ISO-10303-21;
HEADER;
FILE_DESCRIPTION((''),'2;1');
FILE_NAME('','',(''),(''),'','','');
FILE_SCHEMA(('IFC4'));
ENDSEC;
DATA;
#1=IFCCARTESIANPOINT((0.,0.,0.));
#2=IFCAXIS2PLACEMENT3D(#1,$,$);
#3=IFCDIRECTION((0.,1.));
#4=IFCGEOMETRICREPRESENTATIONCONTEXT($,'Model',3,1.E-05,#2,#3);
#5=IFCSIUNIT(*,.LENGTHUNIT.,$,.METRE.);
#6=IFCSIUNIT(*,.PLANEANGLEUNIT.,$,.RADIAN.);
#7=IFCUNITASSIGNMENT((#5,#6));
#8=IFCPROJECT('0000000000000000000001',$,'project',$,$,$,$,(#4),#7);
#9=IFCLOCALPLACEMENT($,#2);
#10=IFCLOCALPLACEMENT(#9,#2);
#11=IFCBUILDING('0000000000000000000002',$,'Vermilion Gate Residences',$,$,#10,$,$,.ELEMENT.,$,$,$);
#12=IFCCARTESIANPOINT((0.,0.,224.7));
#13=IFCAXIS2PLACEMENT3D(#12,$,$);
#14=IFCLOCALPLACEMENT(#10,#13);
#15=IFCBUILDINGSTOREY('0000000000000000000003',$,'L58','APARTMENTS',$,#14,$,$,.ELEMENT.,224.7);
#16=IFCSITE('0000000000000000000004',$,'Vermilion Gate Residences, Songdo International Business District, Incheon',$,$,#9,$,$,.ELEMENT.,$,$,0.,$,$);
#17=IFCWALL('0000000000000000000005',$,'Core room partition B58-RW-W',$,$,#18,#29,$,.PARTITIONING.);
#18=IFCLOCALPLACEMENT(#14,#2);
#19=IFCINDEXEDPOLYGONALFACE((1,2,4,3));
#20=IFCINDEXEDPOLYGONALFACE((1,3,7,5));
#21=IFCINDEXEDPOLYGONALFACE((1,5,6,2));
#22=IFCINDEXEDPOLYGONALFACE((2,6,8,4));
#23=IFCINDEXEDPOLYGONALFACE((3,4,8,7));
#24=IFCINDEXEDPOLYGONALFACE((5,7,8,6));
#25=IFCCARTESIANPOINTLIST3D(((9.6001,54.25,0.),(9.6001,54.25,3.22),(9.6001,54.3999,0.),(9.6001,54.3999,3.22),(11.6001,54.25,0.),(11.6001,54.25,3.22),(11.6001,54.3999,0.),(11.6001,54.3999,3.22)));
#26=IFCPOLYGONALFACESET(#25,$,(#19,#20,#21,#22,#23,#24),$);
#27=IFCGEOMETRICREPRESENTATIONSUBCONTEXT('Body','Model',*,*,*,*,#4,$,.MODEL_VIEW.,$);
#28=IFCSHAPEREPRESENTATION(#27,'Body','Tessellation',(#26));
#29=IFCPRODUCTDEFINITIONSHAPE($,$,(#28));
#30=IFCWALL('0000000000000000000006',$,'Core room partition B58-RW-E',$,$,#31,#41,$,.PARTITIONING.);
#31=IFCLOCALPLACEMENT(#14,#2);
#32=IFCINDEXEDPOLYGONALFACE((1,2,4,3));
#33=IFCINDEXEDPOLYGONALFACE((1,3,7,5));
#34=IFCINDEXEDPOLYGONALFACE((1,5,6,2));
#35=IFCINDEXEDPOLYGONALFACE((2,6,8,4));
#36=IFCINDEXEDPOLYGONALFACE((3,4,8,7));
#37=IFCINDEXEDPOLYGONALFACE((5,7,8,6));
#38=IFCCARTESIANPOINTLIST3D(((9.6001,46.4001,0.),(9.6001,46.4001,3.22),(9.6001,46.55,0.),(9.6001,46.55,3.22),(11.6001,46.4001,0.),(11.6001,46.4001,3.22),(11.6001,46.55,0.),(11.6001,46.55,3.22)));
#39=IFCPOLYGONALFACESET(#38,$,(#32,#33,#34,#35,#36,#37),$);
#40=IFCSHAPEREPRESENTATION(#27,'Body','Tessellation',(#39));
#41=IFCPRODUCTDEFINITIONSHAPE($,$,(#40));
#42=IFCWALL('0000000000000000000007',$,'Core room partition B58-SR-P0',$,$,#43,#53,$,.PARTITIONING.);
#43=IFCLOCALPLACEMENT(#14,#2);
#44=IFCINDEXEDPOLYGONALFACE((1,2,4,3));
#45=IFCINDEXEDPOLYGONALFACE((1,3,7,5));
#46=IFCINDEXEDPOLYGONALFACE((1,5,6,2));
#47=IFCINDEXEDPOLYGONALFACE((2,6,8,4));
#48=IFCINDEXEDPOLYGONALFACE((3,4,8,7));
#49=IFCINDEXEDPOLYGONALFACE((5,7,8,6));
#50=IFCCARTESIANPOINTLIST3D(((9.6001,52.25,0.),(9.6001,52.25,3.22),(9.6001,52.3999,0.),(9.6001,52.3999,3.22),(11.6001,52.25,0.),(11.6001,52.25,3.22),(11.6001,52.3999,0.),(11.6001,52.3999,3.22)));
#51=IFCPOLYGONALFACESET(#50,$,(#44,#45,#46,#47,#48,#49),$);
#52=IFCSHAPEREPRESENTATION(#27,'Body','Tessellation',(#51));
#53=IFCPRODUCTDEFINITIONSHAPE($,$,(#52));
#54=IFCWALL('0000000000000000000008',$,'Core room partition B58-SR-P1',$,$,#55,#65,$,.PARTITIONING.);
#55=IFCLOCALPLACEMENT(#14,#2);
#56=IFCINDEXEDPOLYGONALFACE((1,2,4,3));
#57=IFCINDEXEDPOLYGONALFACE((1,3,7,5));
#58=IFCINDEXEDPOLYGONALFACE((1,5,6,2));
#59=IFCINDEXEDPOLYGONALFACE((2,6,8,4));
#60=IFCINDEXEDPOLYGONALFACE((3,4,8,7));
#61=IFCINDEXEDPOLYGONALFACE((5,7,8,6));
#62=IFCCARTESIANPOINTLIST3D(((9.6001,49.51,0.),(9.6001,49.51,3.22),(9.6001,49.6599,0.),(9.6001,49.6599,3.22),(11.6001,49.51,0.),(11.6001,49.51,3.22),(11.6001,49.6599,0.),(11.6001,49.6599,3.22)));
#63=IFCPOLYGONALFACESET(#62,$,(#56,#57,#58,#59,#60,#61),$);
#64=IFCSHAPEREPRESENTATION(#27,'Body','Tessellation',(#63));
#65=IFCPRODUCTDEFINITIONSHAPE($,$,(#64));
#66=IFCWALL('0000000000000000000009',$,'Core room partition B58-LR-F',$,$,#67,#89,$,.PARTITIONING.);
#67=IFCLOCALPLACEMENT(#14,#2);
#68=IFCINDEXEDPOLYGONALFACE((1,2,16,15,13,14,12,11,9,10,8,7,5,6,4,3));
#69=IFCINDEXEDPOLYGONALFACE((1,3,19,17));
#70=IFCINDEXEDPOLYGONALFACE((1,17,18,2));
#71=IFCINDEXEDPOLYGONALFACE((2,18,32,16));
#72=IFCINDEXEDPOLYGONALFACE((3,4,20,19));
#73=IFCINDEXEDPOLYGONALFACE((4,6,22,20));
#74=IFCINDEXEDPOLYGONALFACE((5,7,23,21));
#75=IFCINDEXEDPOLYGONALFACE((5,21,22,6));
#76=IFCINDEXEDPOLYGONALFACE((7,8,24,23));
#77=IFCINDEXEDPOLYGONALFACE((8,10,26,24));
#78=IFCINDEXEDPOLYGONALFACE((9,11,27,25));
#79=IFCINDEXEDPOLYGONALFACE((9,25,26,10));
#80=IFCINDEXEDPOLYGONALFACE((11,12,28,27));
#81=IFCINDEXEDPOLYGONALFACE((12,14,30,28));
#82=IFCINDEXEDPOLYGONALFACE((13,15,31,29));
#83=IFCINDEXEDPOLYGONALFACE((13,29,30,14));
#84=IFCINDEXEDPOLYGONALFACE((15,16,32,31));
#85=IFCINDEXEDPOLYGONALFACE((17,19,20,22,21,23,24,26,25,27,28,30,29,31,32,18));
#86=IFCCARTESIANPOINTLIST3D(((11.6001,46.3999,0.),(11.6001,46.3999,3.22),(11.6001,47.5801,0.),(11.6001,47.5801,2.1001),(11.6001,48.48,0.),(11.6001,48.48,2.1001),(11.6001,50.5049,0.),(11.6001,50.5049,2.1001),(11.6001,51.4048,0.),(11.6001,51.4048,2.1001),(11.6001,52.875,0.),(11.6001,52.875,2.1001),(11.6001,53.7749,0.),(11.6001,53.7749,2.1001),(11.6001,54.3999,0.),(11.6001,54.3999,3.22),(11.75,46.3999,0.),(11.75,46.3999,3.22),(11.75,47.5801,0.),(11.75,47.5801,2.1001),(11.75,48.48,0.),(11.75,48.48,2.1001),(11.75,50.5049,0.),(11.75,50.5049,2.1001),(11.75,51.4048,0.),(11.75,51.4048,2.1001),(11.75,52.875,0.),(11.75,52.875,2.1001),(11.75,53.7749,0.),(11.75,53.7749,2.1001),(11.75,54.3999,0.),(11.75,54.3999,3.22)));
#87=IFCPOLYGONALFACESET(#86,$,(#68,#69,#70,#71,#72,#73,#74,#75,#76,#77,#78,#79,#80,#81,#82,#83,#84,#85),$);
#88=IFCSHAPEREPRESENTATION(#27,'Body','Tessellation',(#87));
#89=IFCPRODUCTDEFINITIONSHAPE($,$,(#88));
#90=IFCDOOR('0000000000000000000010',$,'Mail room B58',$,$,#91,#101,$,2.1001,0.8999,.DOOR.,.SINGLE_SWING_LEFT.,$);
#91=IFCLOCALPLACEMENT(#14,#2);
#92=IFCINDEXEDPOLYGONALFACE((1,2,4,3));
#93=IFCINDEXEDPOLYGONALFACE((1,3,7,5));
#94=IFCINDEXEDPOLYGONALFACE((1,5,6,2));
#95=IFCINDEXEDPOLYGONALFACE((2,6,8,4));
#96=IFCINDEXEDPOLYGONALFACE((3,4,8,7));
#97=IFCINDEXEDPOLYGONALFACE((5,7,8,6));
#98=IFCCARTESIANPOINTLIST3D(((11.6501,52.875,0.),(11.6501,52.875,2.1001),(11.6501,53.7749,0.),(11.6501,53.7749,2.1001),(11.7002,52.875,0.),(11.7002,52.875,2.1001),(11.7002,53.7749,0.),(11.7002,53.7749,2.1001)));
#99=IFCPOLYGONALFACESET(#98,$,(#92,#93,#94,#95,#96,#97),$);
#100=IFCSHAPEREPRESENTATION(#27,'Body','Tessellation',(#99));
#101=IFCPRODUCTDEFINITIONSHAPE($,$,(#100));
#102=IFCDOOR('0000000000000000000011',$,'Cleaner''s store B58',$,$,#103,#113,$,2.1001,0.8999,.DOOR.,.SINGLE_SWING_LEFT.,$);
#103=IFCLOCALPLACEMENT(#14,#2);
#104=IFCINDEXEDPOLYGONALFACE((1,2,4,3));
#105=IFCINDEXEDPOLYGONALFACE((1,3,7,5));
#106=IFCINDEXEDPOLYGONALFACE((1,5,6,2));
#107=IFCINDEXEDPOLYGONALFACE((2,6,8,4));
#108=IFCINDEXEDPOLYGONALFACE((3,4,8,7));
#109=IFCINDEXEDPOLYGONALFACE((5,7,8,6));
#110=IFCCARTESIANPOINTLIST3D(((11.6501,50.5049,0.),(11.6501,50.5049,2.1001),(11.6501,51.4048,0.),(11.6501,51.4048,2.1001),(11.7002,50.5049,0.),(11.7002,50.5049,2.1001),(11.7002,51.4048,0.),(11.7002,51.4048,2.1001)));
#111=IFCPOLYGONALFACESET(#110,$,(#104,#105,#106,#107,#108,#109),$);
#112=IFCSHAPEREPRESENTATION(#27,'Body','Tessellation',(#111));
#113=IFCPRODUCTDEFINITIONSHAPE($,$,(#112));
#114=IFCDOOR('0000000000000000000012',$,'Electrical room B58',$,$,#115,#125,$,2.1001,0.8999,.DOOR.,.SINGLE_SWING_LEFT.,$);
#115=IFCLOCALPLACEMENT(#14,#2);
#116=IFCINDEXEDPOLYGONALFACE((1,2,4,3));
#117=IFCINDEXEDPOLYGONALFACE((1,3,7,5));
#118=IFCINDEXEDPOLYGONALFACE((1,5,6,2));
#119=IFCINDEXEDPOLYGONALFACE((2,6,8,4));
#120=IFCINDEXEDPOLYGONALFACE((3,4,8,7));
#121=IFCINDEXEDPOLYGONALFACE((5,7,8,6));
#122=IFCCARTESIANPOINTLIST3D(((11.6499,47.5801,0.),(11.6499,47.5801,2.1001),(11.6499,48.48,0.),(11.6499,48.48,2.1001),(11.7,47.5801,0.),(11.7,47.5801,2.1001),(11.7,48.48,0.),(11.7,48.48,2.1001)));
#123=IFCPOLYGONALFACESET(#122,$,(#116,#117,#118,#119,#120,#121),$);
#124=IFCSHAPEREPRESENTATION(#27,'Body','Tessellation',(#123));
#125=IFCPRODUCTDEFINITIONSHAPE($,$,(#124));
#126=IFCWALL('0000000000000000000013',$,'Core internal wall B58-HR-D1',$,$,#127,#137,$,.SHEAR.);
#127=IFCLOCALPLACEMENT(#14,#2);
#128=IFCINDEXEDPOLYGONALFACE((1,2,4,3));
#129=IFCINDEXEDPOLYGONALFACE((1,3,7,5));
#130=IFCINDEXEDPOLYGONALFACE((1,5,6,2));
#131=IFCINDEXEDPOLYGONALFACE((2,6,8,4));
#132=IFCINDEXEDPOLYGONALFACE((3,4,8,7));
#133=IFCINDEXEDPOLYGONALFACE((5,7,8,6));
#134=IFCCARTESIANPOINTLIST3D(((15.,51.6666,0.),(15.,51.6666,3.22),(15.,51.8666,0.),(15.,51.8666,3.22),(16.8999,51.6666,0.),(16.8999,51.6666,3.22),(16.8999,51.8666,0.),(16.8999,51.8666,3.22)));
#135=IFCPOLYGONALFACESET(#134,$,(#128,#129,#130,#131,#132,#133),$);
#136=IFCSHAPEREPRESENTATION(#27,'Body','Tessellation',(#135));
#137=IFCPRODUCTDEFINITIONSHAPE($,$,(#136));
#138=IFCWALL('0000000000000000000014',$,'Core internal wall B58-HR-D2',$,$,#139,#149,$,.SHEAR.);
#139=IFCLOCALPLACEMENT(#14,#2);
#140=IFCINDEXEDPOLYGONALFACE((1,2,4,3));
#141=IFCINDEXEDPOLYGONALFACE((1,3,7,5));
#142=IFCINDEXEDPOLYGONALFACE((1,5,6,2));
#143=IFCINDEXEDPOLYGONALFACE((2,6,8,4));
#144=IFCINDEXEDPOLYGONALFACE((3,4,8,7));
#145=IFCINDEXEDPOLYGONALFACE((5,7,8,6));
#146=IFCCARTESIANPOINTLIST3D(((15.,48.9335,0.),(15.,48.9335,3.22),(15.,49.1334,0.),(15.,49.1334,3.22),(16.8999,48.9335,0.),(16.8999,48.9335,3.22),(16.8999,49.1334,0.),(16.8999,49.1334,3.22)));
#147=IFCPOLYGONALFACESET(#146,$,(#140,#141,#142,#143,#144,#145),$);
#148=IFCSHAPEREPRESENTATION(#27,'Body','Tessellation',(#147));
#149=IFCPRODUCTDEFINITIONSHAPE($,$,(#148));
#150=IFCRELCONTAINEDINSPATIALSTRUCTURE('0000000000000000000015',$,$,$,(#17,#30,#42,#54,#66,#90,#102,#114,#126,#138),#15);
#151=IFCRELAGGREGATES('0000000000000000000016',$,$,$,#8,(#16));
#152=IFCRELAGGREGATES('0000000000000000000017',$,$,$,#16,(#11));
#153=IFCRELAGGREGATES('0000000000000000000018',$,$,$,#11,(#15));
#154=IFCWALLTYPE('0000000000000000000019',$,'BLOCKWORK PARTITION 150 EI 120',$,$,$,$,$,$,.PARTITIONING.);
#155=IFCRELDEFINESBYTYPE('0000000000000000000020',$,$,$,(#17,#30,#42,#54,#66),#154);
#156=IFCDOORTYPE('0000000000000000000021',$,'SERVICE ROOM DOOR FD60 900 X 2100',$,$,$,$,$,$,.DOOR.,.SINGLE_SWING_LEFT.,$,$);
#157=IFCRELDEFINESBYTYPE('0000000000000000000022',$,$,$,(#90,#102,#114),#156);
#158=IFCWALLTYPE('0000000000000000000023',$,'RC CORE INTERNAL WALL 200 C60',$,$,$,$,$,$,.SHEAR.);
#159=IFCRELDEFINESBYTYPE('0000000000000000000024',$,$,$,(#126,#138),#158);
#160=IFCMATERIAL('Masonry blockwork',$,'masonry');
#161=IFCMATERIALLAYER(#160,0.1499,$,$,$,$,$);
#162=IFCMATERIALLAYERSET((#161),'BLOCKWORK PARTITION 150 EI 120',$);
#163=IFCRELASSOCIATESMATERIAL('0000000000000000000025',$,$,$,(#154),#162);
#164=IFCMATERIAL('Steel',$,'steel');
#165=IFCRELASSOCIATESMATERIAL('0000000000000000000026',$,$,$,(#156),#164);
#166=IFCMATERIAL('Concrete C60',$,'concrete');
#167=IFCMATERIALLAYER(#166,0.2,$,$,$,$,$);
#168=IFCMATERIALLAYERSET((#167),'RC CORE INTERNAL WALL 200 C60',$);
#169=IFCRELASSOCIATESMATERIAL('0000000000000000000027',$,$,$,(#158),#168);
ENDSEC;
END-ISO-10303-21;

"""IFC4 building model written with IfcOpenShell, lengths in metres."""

from ifc_helpers import new_model, si_unit, direction, frame, frame_2d, origin, place, context, subcontext, project, spatial, rectangle, extrude, material, layer, layer_set, type_object, element, fill, save


model = new_model("IFC4")

# Units and contexts
model_context = context("Model", 3, precision=1e-05, world=origin(), true_north=direction((0.0, 1.0)))
body_context = subcontext(model_context, "Body", "Model", "MODEL_VIEW")
ifc_project = project(units=[si_unit("LENGTHUNIT", "METRE"), si_unit("PLANEANGLEUNIT", "RADIAN")], contexts=[model_context])

# Site, building, storey
site_placement = place(None, origin())
site = spatial("IfcSite", under=ifc_project, at=site_placement, Name="Vermilion Gate Residences, Songdo International Business District, Incheon", CompositionType="ELEMENT", RefElevation=0.0)
building_placement = place(site_placement, origin())
building = spatial("IfcBuilding", under=site, at=building_placement, Name="Vermilion Gate Residences", CompositionType="ELEMENT")
storey_placement = place(building_placement, frame((0.0, 0.0, 224.7)))
storey = spatial("IfcBuildingStorey", under=building, at=storey_placement, Name="L58", Description="APARTMENTS", CompositionType="ELEMENT", Elevation=224.7)

# Walls
ifc_material_1 = material(Name="Masonry blockwork", Category="masonry")
ifc_layer_1 = layer(ifc_material_1, 0.1499)
ifc_layer_set_1 = layer_set([ifc_layer_1], Name="BLOCKWORK PARTITION 150 EI 120")
wall_type_1 = type_object("IfcWallType", Name="BLOCKWORK PARTITION 150 EI 120", PredefinedType="PARTITIONING", material=ifc_layer_set_1)
for number, where, z_axis, x_axis, name in (
    (1, (9.6001, 54.325, 0.0), (0.0, 0.0, 1.0), (1.0, 0.0, 0.0), "Core room partition B58-RW-W"),
    (2, (9.6001, 46.4751, 0.0), (0.0, 0.0, 1.0), (1.0, 0.0, 0.0), "Core room partition B58-RW-E"),
    (3, (9.6001, 52.325, 0.0), (0.0, 0.0, 1.0), (1.0, 0.0, 0.0), "Core room partition B58-SR-P0"),
    (4, (9.6001, 49.585, 0.0), (0.0, 0.0, 1.0), (1.0, 0.0, 0.0), "Core room partition B58-SR-P1"),
):
    element("IfcWall", number, at=place(storey_placement, frame(where, z_axis=z_axis, x_axis=x_axis)), inside=storey, type_object=wall_type_1, Name=name, PredefinedType="PARTITIONING", context=body_context, shape_type="SweptSolid", body=[
        extrude(rectangle(XDim=2.0, YDim=0.1499, at=frame_2d((1.0, 0.0))), origin(), (0.0, 0.0, 1.0), 3.22),
    ])

# Wall, openings, doors
wall_1_placement = place(storey_placement, frame((11.675, 54.3999, 0.0), z_axis=(0.0, 0.0, 1.0), x_axis=(0.0, -1.0, 0.0)))
wall_1 = element("IfcWall", 5, at=wall_1_placement, inside=storey, type_object=wall_type_1, Name="Core room partition B58-LR-F", PredefinedType="PARTITIONING", context=body_context, shape_type="SweptSolid", body=[
    extrude(rectangle(XDim=8.0, YDim=0.1499, at=frame_2d((4.0, 0.0))), origin(), (0.0, 0.0, 1.0), 3.22),
])
opening_1_placement = place(wall_1_placement, frame((0.625, 0.0, 0.0)))
opening_1 = element("IfcOpeningElement", 6, at=opening_1_placement, cuts=wall_1, PredefinedType="OPENING", context=body_context, shape_type="SweptSolid", body=[
    extrude(rectangle(XDim=0.8999, YDim=2.1001, at=frame_2d((0.45, 1.05))), frame((0.0, 0.085, 0.0), z_axis=(0.0, -1.0, 0.0), x_axis=(1.0, 0.0, 0.0)), (0.0, 0.0, 1.0), 0.1699),
])
opening_2_placement = place(wall_1_placement, frame((2.9951, 0.0, 0.0)))
opening_2 = element("IfcOpeningElement", 7, at=opening_2_placement, cuts=wall_1, PredefinedType="OPENING", context=body_context, shape_type="SweptSolid", body=[
    extrude(rectangle(XDim=0.8999, YDim=2.1001, at=frame_2d((0.45, 1.05))), frame((0.0, 0.085, 0.0), z_axis=(0.0, -1.0, 0.0), x_axis=(1.0, 0.0, 0.0)), (0.0, 0.0, 1.0), 0.1699),
])
opening_3_placement = place(wall_1_placement, frame((5.9199, 0.0, 0.0)))
opening_3 = element("IfcOpeningElement", 8, at=opening_3_placement, cuts=wall_1, PredefinedType="OPENING", context=body_context, shape_type="SweptSolid", body=[
    extrude(rectangle(XDim=0.8999, YDim=2.1001, at=frame_2d((0.45, 1.05))), frame((0.0, 0.085, 0.0), z_axis=(0.0, -1.0, 0.0), x_axis=(1.0, 0.0, 0.0)), (0.0, 0.0, 1.0), 0.1699),
])
ifc_material_2 = material(Name="Steel", Category="steel")
door_type_1 = type_object("IfcDoorType", Name="SERVICE ROOM DOOR FD60 900 X 2100", OperationType="SINGLE_SWING_LEFT", PredefinedType="DOOR", material=ifc_material_2)
door_1_placement = place(opening_1_placement, frame((0.8999, 0.0, 0.0), z_axis=(0.0, 0.0, 1.0), x_axis=(-1.0, 0.0, 0.0)))
door_1 = element("IfcDoor", 9, at=door_1_placement, inside=storey, type_object=door_type_1, Name="Mail room B58", OperationType="SINGLE_SWING_LEFT", OverallHeight=2.1001, OverallWidth=0.8999, PredefinedType="DOOR", context=body_context, shape_type="SweptSolid", body=[
    extrude(rectangle(XDim=0.8999, YDim=2.1001, at=frame_2d((0.45, 1.05))), frame((0.0, 0.0249, 0.0), z_axis=(0.0, -1.0, 0.0), x_axis=(1.0, 0.0, 0.0)), (0.0, 0.0, 1.0), 0.05),
])
fill(opening_1, door_1)
door_2_placement = place(opening_2_placement, frame((0.8999, 0.0, 0.0), z_axis=(0.0, 0.0, 1.0), x_axis=(-1.0, 0.0, 0.0)))
door_2 = element("IfcDoor", 10, at=door_2_placement, inside=storey, type_object=door_type_1, Name="Cleaner's store B58", OperationType="SINGLE_SWING_LEFT", OverallHeight=2.1001, OverallWidth=0.8999, PredefinedType="DOOR", context=body_context, shape_type="SweptSolid", body=[
    extrude(rectangle(XDim=0.8999, YDim=2.1001, at=frame_2d((0.45, 1.05))), frame((0.0, 0.0249, 0.0), z_axis=(0.0, -1.0, 0.0), x_axis=(1.0, 0.0, 0.0)), (0.0, 0.0, 1.0), 0.05),
])
fill(opening_2, door_2)
door_3_placement = place(opening_3_placement, origin())
door_3 = element("IfcDoor", 11, at=door_3_placement, inside=storey, type_object=door_type_1, Name="Electrical room B58", OperationType="SINGLE_SWING_LEFT", OverallHeight=2.1001, OverallWidth=0.8999, PredefinedType="DOOR", context=body_context, shape_type="SweptSolid", body=[
    extrude(rectangle(XDim=0.8999, YDim=2.1001, at=frame_2d((0.45, 1.05))), frame((0.0, 0.0249, 0.0), z_axis=(0.0, -1.0, 0.0), x_axis=(1.0, 0.0, 0.0)), (0.0, 0.0, 1.0), 0.05),
])
fill(opening_3, door_3)

# Walls
ifc_material_3 = material(Name="Concrete C60", Category="concrete")
ifc_layer_2 = layer(ifc_material_3, 0.2)
ifc_layer_set_2 = layer_set([ifc_layer_2], Name="RC CORE INTERNAL WALL 200 C60")
wall_type_2 = type_object("IfcWallType", Name="RC CORE INTERNAL WALL 200 C60", PredefinedType="SHEAR", material=ifc_layer_set_2)
for number, where, z_axis, x_axis, name in (
    (12, (15.0, 51.7666, 0.0), (0.0, 0.0, 1.0), (1.0, 0.0, 0.0), "Core internal wall B58-HR-D1"),
    (13, (15.0, 49.0334, 0.0), (0.0, 0.0, 1.0), (1.0, 0.0, 0.0), "Core internal wall B58-HR-D2"),
):
    element("IfcWall", number, at=place(storey_placement, frame(where, z_axis=z_axis, x_axis=x_axis)), inside=storey, type_object=wall_type_2, Name=name, PredefinedType="SHEAR", context=body_context, shape_type="SweptSolid", body=[
        extrude(rectangle(XDim=1.8999, YDim=0.2, at=frame_2d((0.95, 0.0))), origin(), (0.0, 0.0, 1.0), 3.22),
    ])

save(model, "model.ifc")
